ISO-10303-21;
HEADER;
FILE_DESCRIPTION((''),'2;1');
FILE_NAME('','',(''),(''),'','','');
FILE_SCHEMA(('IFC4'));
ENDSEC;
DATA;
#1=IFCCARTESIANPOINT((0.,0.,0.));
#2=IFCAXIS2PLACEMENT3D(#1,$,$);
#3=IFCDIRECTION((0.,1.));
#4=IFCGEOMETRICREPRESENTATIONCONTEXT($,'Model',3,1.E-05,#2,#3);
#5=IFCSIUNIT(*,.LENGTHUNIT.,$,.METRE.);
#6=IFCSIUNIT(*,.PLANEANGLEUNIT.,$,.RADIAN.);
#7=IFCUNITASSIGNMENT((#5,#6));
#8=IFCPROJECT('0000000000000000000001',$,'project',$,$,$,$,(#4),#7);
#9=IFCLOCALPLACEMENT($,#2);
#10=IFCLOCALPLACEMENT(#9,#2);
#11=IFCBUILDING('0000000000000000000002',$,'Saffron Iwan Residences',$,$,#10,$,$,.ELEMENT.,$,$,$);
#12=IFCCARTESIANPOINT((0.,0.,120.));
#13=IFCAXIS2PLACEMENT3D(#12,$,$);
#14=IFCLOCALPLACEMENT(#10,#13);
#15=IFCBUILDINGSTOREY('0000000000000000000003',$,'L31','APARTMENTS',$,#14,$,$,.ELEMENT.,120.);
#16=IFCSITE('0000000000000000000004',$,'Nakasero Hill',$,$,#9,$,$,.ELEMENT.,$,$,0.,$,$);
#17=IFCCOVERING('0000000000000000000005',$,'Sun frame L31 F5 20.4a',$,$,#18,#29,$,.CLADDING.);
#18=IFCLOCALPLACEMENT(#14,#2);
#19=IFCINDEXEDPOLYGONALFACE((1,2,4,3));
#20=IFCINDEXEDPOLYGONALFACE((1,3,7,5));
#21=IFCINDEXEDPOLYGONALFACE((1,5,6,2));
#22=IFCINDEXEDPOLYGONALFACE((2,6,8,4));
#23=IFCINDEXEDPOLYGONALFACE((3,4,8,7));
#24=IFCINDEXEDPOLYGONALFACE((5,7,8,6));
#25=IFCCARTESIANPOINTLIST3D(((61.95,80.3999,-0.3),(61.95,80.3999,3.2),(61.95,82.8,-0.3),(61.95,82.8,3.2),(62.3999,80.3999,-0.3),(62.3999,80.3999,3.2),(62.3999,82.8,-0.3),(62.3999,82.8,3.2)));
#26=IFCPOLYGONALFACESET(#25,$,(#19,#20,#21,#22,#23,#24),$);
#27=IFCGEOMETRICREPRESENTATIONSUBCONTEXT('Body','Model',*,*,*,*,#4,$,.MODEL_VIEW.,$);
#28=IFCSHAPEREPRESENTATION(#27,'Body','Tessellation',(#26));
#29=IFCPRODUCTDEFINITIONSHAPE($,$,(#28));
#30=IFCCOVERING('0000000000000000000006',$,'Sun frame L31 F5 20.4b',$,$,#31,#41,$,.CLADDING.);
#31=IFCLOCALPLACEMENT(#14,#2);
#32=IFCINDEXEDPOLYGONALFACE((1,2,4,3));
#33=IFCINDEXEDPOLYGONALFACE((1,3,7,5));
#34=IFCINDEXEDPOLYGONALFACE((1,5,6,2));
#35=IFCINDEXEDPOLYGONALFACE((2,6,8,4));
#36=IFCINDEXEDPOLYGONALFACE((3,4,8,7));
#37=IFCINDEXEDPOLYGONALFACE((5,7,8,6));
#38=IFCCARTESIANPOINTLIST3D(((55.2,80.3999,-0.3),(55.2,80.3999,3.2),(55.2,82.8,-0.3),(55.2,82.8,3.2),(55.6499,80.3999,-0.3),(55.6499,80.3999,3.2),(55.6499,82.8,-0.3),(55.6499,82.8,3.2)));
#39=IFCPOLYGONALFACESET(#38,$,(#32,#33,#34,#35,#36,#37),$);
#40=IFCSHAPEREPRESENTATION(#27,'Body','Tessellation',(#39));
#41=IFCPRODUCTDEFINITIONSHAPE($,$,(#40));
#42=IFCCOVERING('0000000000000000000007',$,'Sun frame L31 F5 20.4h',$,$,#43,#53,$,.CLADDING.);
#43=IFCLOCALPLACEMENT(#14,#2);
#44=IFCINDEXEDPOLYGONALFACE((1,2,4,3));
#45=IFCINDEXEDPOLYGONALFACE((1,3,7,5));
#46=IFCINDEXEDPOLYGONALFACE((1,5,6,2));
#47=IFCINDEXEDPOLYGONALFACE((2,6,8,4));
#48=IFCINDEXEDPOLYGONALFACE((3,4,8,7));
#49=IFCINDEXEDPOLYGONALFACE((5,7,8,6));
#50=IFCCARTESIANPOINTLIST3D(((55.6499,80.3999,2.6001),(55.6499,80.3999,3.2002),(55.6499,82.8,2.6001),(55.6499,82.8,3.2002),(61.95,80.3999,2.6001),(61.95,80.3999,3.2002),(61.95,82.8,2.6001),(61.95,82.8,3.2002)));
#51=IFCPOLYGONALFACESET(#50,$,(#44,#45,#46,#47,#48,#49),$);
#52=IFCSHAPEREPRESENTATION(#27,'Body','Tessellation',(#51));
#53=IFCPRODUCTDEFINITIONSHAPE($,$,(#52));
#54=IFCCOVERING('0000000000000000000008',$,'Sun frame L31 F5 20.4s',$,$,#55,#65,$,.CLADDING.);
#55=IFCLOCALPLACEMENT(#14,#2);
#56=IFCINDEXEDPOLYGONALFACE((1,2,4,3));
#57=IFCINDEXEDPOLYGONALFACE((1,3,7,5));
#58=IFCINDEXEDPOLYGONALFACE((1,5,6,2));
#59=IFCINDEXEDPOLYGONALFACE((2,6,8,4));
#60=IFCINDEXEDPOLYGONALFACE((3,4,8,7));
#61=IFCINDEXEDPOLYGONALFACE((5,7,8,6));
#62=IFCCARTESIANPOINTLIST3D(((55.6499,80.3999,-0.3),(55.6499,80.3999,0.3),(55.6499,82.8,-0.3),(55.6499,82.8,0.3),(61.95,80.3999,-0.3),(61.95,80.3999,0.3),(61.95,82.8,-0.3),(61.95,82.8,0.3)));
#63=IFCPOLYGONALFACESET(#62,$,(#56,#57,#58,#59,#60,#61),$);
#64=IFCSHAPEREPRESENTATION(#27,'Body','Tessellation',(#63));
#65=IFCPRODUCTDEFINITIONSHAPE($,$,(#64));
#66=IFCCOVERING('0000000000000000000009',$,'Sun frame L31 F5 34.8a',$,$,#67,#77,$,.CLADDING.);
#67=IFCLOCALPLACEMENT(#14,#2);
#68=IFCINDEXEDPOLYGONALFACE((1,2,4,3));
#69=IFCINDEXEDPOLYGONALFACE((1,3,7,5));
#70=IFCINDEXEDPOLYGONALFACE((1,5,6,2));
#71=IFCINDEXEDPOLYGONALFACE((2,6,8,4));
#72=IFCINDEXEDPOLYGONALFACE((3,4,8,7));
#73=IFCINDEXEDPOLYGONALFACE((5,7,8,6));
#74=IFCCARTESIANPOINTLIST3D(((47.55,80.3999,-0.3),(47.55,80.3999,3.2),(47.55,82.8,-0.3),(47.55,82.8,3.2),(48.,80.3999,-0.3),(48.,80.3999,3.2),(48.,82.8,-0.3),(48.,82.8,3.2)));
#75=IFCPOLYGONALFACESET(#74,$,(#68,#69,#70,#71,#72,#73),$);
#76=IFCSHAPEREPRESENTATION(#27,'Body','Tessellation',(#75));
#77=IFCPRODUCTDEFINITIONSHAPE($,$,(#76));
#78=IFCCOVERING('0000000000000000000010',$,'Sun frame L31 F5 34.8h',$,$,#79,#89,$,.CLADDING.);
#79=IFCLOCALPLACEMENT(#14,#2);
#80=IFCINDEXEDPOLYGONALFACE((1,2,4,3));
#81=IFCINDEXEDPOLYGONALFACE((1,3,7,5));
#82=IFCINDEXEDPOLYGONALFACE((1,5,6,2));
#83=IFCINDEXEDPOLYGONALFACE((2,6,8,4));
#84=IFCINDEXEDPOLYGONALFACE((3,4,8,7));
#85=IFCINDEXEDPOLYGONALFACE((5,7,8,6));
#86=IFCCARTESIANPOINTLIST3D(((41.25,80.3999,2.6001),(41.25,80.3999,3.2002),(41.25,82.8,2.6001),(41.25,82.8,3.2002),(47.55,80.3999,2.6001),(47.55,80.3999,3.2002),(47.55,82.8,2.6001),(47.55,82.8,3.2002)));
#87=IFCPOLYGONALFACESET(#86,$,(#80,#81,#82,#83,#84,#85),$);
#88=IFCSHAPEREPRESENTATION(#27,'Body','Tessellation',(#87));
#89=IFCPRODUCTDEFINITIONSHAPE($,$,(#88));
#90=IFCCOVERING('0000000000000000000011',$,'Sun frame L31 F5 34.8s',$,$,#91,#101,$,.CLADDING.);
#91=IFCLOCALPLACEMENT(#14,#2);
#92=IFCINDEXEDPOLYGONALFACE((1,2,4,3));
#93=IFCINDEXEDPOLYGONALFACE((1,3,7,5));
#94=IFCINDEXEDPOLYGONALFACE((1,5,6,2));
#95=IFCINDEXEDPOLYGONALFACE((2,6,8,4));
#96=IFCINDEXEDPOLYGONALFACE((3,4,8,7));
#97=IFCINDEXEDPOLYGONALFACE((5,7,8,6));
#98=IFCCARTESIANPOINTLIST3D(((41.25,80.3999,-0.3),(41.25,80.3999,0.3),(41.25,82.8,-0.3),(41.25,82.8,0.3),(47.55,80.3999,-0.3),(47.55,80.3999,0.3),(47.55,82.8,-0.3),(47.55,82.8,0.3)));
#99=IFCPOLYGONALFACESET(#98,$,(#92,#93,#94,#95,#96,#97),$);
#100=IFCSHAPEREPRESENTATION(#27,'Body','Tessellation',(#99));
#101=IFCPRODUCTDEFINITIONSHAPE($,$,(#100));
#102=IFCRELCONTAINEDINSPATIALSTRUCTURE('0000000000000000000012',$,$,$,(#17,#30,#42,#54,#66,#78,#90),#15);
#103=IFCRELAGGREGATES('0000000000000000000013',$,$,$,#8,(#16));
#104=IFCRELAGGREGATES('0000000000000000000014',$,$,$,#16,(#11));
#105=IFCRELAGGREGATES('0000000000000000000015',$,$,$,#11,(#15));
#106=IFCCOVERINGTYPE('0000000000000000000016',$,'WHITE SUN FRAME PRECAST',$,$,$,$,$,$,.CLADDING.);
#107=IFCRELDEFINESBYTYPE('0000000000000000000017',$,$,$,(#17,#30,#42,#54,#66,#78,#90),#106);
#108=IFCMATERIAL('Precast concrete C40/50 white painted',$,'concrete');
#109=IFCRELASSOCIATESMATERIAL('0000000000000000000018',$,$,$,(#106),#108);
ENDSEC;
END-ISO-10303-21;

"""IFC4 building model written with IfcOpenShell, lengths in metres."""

from ifc_helpers import new_model, si_unit, direction, frame, origin, place, context, subcontext, project, spatial, polyline, outline, extrude, material, type_object, element, save


model = new_model("IFC4")

# Units and contexts
model_context = context("Model", 3, precision=1e-05, world=origin(), true_north=direction((0.0, 1.0)))
body_context = subcontext(model_context, "Body", "Model", "MODEL_VIEW")
ifc_project = project(units=[si_unit("LENGTHUNIT", "METRE"), si_unit("PLANEANGLEUNIT", "RADIAN")], contexts=[model_context])

# Site, building, storey
site_placement = place(None, origin())
site = spatial("IfcSite", under=ifc_project, at=site_placement, Name="Nakasero Hill", CompositionType="ELEMENT", RefElevation=0.0)
building_placement = place(site_placement, origin())
building = spatial("IfcBuilding", under=site, at=building_placement, Name="Saffron Iwan Residences", CompositionType="ELEMENT")
storey_placement = place(building_placement, frame((0.0, 0.0, 120.0)))
storey = spatial("IfcBuildingStorey", under=building, at=storey_placement, Name="L31", Description="APARTMENTS", CompositionType="ELEMENT", Elevation=120.0)

# Coverings
ifc_material_1 = material(Name="Precast concrete C40/50 white painted", Category="concrete")
covering_type_1 = type_object("IfcCoveringType", Name="WHITE SUN FRAME PRECAST", PredefinedType="CLADDING", material=ifc_material_1)
for number, where, z_axis, x_axis, name in (
    (1, (62.3999, 80.3999, -0.3), (0.0, 1.0, 0.0), (-1.0, 0.0, 0.0), "Sun frame L31 F5 20.4a"),
    (2, (55.6499, 80.3999, -0.3), (0.0, 1.0, 0.0), (-1.0, 0.0, 0.0), "Sun frame L31 F5 20.4b"),
):
    element("IfcCovering", number, at=place(storey_placement, frame(where, z_axis=z_axis, x_axis=x_axis)), inside=storey, type_object=covering_type_1, Name=name, PredefinedType="CLADDING", context=body_context, shape_type="SweptSolid", body=[
        extrude(outline(polyline([(0.0, 0.0), (0.45, 0.0), (0.45, 3.5), (0.0, 3.5), (0.0, 0.0)])), origin(), (0.0, 0.0, 1.0), 2.4001),
    ])
for number, where, z_axis, x_axis, name in (
    (3, (61.95, 80.3999, 2.6001), (0.0, 1.0, 0.0), (-1.0, 0.0, 0.0), "Sun frame L31 F5 20.4h"),
    (4, (61.95, 80.3999, -0.3), (0.0, 1.0, 0.0), (-1.0, 0.0, 0.0), "Sun frame L31 F5 20.4s"),
):
    element("IfcCovering", number, at=place(storey_placement, frame(where, z_axis=z_axis, x_axis=x_axis)), inside=storey, type_object=covering_type_1, Name=name, PredefinedType="CLADDING", context=body_context, shape_type="SweptSolid", body=[
        extrude(outline(polyline([(0.0, 0.0), (6.3, 0.0), (6.3, 0.6001), (0.0, 0.6001), (0.0, 0.0)])), origin(), (0.0, 0.0, 1.0), 2.4001),
    ])
covering_1_placement = place(storey_placement, frame((48.0, 80.3999, -0.3), z_axis=(0.0, 1.0, 0.0), x_axis=(-1.0, 0.0, 0.0)))
element("IfcCovering", 5, at=covering_1_placement, inside=storey, type_object=covering_type_1, Name="Sun frame L31 F5 34.8a", PredefinedType="CLADDING", context=body_context, shape_type="SweptSolid", body=[
    extrude(outline(polyline([(0.0, 0.0), (0.45, 0.0), (0.45, 3.5), (0.0, 3.5), (0.0, 0.0)])), origin(), (0.0, 0.0, 1.0), 2.4001),
])
for number, where, z_axis, x_axis, name in (
    (6, (47.55, 80.3999, 2.6001), (0.0, 1.0, 0.0), (-1.0, 0.0, 0.0), "Sun frame L31 F5 34.8h"),
    (7, (47.55, 80.3999, -0.3), (0.0, 1.0, 0.0), (-1.0, 0.0, 0.0), "Sun frame L31 F5 34.8s"),
):
    element("IfcCovering", number, at=place(storey_placement, frame(where, z_axis=z_axis, x_axis=x_axis)), inside=storey, type_object=covering_type_1, Name=name, PredefinedType="CLADDING", context=body_context, shape_type="SweptSolid", body=[
        extrude(outline(polyline([(0.0, 0.0), (6.3, 0.0), (6.3, 0.6001), (0.0, 0.6001), (0.0, 0.0)])), origin(), (0.0, 0.0, 1.0), 2.4001),
    ])

save(model, "model.ifc")
